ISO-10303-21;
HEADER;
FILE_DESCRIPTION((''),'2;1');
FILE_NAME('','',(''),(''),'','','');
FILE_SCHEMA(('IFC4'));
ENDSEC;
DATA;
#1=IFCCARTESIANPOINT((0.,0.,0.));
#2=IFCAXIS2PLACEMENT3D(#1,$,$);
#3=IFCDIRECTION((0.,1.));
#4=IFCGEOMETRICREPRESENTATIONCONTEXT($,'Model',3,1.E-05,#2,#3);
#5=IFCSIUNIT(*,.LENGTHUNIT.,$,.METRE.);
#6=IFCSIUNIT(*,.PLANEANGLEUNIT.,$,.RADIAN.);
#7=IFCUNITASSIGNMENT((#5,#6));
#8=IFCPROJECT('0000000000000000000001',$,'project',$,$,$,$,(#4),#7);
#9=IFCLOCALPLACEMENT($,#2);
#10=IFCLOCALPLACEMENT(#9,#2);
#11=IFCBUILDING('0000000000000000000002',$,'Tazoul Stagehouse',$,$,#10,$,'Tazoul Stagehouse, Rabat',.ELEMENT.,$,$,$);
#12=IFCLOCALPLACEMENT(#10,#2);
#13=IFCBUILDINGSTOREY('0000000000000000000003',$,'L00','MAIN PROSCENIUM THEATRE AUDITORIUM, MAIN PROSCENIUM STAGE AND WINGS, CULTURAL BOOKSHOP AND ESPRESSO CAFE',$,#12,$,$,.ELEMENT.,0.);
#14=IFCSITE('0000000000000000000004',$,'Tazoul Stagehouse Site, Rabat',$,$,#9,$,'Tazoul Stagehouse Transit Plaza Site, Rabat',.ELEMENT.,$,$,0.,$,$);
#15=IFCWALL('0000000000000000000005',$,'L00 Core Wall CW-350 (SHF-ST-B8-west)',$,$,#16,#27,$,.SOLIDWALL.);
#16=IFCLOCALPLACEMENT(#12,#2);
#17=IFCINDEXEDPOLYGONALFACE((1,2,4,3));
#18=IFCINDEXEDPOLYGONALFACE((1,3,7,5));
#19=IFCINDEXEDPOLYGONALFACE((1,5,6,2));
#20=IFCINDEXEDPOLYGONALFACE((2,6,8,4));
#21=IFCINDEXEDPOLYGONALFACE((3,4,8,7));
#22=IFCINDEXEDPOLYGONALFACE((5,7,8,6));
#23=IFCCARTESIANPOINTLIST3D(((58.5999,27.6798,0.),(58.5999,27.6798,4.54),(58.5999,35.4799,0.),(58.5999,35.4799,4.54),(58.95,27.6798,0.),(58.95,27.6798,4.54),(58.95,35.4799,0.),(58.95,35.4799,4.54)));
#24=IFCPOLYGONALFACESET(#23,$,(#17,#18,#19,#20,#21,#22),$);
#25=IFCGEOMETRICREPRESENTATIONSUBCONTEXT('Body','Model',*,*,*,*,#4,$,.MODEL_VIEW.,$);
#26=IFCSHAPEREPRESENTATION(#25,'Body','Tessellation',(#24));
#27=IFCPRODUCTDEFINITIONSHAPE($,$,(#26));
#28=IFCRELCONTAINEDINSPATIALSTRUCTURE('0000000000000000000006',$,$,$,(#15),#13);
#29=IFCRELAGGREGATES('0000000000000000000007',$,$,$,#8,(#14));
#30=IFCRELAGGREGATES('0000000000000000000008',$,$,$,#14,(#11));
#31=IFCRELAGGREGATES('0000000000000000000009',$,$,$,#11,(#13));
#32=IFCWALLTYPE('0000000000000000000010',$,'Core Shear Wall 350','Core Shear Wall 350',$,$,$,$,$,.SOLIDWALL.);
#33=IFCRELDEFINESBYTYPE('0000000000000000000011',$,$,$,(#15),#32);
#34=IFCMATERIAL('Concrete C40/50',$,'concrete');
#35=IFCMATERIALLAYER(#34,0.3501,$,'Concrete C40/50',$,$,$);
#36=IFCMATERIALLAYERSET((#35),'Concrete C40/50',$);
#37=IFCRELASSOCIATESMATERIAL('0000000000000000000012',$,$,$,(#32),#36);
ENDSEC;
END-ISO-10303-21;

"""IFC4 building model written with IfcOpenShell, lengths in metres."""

from ifc_helpers import new_model, si_unit, direction, frame, frame_2d, origin, place, context, subcontext, project, spatial, rectangle, extrude, material, layer, layer_set, type_object, element, save


model = new_model("IFC4")

# Units and contexts
model_context = context("Model", 3, precision=1e-05, world=origin(), true_north=direction((0.0, 1.0)))
body_context = subcontext(model_context, "Body", "Model", "MODEL_VIEW")
ifc_project = project(units=[si_unit("LENGTHUNIT", "METRE"), si_unit("PLANEANGLEUNIT", "RADIAN")], contexts=[model_context])

# Site, building, storey
site_placement = place(None, origin())
building_placement = place(site_placement, origin())
storey_placement = place(building_placement, origin())
site = spatial("IfcSite", under=ifc_project, at=site_placement, Name="Tazoul Stagehouse Site, Rabat", LongName="Tazoul Stagehouse Transit Plaza Site, Rabat", CompositionType="ELEMENT", RefElevation=0.0)
building = spatial("IfcBuilding", under=site, at=building_placement, Name="Tazoul Stagehouse", LongName="Tazoul Stagehouse, Rabat", CompositionType="ELEMENT")
storey = spatial("IfcBuildingStorey", under=building, at=storey_placement, Name="L00", Description="MAIN PROSCENIUM THEATRE AUDITORIUM, MAIN PROSCENIUM STAGE AND WINGS, CULTURAL BOOKSHOP AND ESPRESSO CAFE", CompositionType="ELEMENT", Elevation=0.0)

# Shared definitions
ifc_material_1 = material(Name="Concrete C40/50", Category="concrete")

# Shared definitions
ifc_layer_1 = layer(ifc_material_1, 0.3501, Name="Concrete C40/50")
ifc_layer_set_1 = layer_set([ifc_layer_1], Name="Concrete C40/50")
wall_type_1 = type_object("IfcWallType", Name="Core Shear Wall 350", Description="Core Shear Wall 350", PredefinedType="SOLIDWALL", material=ifc_layer_set_1)

# Wall
wall_1_placement = place(storey_placement, frame((58.7749, 27.6799, 0.0), z_axis=(0.0, 0.0, 1.0), x_axis=(0.0, 1.0, 0.0)))
element("IfcWall", 1, at=wall_1_placement, inside=storey, type_object=wall_type_1, Name="L00 Core Wall CW-350 (SHF-ST-B8-west)", PredefinedType="SOLIDWALL", context=body_context, shape_type="SweptSolid", body=[
    extrude(rectangle(XDim=7.8, YDim=0.3501, at=frame_2d((3.8999, 0.0))), origin(), (0.0, 0.0, 1.0), 4.54),
])

save(model, "model.ifc")
